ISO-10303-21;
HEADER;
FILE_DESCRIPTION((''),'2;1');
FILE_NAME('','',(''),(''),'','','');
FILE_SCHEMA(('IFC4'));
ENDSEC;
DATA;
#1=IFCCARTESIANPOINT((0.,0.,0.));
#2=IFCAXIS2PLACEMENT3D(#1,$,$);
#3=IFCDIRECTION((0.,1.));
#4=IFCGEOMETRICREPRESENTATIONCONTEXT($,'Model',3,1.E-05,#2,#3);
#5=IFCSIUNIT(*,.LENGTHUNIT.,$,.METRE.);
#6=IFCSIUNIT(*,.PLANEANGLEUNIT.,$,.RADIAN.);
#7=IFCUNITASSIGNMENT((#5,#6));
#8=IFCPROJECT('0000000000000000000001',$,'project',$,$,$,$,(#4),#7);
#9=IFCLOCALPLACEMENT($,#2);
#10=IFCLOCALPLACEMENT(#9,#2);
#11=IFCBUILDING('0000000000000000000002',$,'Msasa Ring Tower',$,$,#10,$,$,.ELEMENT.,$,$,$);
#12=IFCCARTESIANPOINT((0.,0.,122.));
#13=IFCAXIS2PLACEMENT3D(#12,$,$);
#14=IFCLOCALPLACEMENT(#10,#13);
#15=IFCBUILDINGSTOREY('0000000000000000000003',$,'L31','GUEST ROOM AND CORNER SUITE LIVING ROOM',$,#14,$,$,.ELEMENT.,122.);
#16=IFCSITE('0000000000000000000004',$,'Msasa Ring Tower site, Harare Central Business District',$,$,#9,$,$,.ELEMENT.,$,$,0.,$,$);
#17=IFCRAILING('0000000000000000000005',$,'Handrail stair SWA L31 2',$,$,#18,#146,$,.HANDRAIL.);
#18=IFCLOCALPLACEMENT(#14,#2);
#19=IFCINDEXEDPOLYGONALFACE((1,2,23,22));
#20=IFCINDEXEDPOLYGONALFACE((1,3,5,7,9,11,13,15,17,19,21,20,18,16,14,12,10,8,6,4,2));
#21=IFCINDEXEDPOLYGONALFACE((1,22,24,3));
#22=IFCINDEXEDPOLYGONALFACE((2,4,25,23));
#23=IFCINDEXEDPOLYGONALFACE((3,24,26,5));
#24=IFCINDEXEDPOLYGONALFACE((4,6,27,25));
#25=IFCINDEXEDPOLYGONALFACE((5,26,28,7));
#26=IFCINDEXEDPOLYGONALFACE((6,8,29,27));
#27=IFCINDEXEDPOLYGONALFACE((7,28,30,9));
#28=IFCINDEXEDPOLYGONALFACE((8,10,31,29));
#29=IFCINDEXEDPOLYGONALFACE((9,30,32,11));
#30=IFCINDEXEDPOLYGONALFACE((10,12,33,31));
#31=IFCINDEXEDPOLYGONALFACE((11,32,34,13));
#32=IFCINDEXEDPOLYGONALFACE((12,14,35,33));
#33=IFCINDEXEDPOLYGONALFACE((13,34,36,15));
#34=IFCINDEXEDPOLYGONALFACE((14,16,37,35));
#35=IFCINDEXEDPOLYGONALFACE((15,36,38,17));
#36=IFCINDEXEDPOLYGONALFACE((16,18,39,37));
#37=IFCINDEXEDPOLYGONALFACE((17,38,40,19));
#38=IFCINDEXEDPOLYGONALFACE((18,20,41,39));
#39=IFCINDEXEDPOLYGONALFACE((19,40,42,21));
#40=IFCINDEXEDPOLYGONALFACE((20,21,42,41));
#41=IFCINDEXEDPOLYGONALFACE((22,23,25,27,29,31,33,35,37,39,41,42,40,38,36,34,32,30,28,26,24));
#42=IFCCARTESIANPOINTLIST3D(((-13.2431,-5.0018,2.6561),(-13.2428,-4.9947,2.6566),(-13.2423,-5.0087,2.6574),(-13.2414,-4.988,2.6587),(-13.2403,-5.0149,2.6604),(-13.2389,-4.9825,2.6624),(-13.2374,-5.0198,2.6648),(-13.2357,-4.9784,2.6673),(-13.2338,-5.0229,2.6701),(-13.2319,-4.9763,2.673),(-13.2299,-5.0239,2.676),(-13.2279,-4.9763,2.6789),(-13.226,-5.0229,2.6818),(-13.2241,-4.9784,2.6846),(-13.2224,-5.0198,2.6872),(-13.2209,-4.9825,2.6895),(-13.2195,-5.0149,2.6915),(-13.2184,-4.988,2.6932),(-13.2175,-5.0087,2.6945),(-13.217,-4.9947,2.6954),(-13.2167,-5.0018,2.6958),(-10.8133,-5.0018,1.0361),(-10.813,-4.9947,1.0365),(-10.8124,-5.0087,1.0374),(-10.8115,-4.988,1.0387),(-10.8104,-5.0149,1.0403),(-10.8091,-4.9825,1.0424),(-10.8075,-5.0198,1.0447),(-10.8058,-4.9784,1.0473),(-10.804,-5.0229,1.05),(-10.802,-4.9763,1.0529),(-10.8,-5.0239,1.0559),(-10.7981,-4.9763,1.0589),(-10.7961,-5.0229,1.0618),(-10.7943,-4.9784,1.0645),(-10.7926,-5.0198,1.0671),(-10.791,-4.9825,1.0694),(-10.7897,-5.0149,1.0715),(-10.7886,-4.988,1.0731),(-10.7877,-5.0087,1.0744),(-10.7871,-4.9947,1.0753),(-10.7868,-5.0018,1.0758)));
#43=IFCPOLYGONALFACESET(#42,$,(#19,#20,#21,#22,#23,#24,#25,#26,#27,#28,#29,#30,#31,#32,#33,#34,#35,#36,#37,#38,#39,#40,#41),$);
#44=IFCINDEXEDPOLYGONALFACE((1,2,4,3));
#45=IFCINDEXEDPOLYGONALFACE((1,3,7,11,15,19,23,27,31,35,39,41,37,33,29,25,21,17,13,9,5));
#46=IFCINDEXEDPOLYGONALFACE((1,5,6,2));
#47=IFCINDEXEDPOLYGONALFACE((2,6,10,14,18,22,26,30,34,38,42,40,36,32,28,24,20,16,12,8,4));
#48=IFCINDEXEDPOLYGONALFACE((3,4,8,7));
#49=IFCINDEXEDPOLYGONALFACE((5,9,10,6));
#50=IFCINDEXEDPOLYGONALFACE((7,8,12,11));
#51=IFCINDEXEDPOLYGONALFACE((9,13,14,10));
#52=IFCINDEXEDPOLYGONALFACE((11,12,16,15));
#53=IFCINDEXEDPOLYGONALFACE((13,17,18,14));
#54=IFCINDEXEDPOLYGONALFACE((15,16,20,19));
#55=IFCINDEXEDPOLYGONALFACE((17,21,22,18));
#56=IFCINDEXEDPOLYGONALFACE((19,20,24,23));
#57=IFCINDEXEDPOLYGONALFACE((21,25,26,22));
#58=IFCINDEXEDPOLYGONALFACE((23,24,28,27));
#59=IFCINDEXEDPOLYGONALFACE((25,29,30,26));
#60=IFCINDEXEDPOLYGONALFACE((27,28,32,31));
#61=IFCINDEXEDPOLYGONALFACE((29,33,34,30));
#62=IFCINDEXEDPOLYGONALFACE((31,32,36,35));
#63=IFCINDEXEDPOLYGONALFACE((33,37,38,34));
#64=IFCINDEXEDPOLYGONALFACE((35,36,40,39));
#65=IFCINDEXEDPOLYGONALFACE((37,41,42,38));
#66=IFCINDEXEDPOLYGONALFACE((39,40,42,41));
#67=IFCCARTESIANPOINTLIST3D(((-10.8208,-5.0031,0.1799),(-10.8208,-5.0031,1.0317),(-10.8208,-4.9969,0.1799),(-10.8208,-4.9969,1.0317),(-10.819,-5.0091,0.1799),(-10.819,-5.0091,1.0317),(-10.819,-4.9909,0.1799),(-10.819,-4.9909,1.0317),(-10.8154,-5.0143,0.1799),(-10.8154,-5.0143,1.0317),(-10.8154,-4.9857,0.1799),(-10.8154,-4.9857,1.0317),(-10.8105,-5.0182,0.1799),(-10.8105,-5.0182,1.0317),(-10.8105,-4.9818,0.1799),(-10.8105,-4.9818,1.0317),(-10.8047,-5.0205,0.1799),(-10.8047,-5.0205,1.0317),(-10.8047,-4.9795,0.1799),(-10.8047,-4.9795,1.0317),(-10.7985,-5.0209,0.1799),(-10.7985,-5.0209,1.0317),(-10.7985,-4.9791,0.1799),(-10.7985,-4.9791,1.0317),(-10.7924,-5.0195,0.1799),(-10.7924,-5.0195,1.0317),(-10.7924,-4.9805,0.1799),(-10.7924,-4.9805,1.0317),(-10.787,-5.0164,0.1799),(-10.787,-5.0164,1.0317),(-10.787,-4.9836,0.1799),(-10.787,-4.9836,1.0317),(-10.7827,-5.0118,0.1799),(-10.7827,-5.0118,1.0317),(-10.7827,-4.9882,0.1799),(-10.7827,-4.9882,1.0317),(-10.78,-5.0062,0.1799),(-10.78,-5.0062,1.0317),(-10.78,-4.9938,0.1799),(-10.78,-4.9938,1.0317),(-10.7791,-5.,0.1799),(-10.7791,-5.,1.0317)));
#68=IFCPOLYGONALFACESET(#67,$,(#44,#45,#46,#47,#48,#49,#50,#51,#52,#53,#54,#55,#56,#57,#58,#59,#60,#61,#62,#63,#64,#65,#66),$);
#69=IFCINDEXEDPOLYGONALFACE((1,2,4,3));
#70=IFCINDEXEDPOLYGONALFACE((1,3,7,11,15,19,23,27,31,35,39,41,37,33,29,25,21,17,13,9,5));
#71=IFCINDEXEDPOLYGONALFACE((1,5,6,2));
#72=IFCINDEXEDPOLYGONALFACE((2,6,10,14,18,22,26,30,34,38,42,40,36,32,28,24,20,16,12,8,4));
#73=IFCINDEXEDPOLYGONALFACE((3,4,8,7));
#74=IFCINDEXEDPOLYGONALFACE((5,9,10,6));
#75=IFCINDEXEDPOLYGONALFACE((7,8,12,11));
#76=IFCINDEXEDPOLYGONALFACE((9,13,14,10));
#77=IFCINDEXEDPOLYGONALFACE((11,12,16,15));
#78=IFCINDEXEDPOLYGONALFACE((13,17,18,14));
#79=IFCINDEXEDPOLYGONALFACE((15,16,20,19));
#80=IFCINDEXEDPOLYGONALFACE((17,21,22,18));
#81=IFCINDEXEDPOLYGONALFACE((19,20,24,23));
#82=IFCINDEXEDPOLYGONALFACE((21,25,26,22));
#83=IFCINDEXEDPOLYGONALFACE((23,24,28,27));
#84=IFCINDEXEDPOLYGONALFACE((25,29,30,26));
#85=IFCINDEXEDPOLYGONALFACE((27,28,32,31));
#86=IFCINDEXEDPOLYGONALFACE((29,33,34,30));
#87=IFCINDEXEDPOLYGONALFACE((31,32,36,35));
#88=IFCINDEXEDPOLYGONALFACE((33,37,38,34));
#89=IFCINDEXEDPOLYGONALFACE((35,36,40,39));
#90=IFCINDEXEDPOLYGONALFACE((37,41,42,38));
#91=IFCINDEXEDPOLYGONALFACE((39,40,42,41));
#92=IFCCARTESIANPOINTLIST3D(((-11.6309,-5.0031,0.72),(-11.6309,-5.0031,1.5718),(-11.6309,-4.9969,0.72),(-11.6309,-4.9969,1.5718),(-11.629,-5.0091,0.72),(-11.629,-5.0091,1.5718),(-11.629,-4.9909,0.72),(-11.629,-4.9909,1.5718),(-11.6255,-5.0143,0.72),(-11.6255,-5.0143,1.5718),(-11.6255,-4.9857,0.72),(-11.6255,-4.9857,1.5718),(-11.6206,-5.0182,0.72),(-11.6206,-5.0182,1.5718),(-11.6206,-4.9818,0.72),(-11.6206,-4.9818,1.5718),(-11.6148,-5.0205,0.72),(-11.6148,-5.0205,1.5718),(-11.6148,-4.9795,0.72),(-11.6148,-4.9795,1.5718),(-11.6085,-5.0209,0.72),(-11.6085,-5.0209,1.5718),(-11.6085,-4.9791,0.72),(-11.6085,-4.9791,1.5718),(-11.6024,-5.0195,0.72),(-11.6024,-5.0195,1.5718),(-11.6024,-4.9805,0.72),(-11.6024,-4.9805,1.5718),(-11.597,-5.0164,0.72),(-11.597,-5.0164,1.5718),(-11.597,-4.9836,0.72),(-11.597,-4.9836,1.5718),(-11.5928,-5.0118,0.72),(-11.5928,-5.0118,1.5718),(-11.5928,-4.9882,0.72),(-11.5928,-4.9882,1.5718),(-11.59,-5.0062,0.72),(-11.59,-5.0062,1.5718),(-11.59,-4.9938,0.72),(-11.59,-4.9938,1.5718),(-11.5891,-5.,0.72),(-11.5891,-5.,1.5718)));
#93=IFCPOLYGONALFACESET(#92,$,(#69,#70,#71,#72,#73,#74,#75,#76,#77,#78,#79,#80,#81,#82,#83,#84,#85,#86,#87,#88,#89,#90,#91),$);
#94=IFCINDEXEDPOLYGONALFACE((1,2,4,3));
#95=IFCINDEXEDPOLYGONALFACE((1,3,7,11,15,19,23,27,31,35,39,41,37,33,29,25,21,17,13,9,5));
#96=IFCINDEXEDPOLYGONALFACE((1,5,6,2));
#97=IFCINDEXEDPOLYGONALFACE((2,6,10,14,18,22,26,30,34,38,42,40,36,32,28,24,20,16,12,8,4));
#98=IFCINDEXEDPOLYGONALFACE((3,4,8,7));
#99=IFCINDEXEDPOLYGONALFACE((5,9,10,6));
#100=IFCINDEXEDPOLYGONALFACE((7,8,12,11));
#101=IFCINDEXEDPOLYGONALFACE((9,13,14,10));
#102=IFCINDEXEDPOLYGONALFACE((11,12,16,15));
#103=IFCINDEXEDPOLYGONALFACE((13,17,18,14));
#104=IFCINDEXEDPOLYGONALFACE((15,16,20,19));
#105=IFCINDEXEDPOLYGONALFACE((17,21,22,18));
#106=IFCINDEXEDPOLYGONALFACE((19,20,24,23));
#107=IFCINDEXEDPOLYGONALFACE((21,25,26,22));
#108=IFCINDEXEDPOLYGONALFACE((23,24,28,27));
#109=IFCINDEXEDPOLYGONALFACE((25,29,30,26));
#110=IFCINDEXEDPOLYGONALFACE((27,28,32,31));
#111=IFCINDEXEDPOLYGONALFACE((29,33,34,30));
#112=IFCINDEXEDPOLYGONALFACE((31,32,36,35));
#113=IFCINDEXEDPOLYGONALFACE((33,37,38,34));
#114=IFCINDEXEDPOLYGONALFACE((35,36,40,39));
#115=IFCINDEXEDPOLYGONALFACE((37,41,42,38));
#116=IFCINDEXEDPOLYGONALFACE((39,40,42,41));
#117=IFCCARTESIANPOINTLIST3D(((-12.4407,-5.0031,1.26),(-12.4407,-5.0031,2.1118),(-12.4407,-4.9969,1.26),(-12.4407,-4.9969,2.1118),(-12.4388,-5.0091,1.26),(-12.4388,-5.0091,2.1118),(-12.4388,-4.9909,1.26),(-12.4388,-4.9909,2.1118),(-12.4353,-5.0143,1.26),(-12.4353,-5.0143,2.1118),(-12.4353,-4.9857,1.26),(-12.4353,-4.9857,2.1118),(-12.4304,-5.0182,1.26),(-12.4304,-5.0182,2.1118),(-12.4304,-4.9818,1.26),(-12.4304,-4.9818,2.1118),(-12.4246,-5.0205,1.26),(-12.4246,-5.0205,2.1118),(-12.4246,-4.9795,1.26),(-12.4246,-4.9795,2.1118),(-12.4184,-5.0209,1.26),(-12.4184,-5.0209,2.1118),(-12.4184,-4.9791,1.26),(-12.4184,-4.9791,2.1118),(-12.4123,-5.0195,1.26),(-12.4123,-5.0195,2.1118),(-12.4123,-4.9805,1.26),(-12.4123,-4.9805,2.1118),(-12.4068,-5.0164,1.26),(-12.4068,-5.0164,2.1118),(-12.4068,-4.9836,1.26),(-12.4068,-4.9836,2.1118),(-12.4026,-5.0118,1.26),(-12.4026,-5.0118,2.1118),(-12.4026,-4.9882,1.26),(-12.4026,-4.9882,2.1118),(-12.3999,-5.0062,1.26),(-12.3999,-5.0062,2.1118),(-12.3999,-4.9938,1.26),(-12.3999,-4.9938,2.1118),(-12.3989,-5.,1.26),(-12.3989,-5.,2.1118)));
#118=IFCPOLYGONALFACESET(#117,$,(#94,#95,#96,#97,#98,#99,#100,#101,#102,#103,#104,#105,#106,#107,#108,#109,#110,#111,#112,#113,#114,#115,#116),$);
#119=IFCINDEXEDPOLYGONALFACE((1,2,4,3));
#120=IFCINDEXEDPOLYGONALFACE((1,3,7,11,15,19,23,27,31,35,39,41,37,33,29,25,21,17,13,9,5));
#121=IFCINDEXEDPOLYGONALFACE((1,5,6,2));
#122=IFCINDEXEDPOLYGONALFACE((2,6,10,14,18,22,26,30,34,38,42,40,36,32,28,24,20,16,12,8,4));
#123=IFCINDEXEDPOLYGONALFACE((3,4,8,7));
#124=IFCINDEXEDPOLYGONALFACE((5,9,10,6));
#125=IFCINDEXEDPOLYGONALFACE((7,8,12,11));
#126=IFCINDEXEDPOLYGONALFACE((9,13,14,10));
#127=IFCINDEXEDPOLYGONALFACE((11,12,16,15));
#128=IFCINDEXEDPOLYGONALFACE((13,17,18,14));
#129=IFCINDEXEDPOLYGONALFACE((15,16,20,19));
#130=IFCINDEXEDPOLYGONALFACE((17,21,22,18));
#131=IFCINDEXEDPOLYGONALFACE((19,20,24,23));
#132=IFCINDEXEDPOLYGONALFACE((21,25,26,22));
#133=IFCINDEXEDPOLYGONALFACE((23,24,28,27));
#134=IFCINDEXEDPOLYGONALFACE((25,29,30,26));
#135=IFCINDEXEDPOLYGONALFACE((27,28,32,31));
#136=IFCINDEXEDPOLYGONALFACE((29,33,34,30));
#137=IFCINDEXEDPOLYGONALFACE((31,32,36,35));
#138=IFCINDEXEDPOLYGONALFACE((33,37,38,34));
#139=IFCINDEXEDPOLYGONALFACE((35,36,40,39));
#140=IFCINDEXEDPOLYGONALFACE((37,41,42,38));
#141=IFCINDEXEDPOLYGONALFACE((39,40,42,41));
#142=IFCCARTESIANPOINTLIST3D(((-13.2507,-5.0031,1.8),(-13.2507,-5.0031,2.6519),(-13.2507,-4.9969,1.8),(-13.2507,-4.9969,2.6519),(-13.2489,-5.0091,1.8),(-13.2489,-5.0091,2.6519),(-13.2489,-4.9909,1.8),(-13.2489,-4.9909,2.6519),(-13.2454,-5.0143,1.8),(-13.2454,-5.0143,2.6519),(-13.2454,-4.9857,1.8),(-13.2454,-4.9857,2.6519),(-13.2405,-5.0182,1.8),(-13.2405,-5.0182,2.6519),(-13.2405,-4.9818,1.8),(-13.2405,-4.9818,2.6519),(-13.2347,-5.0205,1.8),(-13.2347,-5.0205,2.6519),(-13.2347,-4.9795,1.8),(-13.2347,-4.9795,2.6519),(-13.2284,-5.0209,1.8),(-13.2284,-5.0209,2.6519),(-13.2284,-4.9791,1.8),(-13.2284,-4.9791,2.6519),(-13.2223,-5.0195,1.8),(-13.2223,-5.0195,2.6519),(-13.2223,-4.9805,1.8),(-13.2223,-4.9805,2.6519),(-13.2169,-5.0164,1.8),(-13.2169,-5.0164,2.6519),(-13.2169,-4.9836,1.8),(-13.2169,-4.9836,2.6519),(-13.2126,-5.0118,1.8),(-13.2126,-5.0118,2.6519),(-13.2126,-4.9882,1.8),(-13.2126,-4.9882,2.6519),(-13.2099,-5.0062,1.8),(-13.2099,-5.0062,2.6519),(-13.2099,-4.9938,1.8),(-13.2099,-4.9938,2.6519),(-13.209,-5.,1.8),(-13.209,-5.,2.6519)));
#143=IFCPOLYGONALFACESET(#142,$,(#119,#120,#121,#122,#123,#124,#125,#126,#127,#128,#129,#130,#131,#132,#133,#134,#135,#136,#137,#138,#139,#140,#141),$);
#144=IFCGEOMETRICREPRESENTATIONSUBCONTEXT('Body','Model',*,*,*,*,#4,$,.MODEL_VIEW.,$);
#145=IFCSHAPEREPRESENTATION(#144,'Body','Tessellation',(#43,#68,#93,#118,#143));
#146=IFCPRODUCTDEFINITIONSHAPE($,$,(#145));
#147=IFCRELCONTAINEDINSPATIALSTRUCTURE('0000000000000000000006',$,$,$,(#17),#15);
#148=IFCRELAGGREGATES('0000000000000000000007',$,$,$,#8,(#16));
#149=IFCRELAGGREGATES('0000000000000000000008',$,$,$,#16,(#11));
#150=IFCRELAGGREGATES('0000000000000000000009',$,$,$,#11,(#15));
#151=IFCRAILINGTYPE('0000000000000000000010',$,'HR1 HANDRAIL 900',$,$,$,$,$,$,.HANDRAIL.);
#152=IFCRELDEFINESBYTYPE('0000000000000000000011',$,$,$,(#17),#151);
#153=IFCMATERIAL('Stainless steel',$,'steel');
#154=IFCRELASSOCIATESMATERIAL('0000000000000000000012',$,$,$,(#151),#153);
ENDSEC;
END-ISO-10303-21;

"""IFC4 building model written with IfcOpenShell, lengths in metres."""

from ifc_helpers import new_model, si_unit, direction, frame, origin, origin_2d, place, context, subcontext, project, spatial, circle, extrude, material, type_object, element, save


model = new_model("IFC4")

# Units and contexts
model_context = context("Model", 3, precision=1e-05, world=origin(), true_north=direction((0.0, 1.0)))
body_context = subcontext(model_context, "Body", "Model", "MODEL_VIEW")
ifc_project = project(units=[si_unit("LENGTHUNIT", "METRE"), si_unit("PLANEANGLEUNIT", "RADIAN")], contexts=[model_context])

# Site, building, storey
site_placement = place(None, origin())
site = spatial("IfcSite", under=ifc_project, at=site_placement, Name="Msasa Ring Tower site, Harare Central Business District", CompositionType="ELEMENT", RefElevation=0.0)
building_placement = place(site_placement, origin())
building = spatial("IfcBuilding", under=site, at=building_placement, Name="Msasa Ring Tower", CompositionType="ELEMENT")
storey_placement = place(building_placement, frame((0.0, 0.0, 122.0)))
storey = spatial("IfcBuildingStorey", under=building, at=storey_placement, Name="L31", Description="GUEST ROOM AND CORNER SUITE LIVING ROOM", CompositionType="ELEMENT", Elevation=122.0)

# Railing
ifc_material_1 = material(Name="Stainless steel", Category="steel")
railing_type = type_object("IfcRailingType", Name="HR1 HANDRAIL 900", PredefinedType="HANDRAIL", material=ifc_material_1)
for number, where, name in (
    (1, (-10.8, -5.0, 0.1799), "Handrail stair SWA L31 2"),
):
    element("IfcRailing", number, at=place(storey_placement, frame(where)), inside=storey, type_object=railing_type, Name=name, PredefinedType="HANDRAIL", context=body_context, shape_type="SweptSolid", body=[
        extrude(circle(Radius=0.0239, at=origin_2d()), frame((0.0, 0.0, 0.876), z_axis=(-0.832025, 0.0, 0.554739), x_axis=(0.0, -1.0, 0.0)), (0.0, 0.0, 1.0), 2.9204),
        extrude(circle(Radius=0.021, at=origin_2d()), origin(), (0.0, 0.0, 1.0), 0.8518),
        extrude(circle(Radius=0.021, at=origin_2d()), frame((-0.8101, 0.0, 0.54)), (0.0, 0.0, 1.0), 0.8518),
        extrude(circle(Radius=0.021, at=origin_2d()), frame((-1.6199, 0.0, 1.0801)), (0.0, 0.0, 1.0), 0.8518),
        extrude(circle(Radius=0.021, at=origin_2d()), frame((-2.4299, 0.0, 1.6201)), (0.0, 0.0, 1.0), 0.8518),
    ])

save(model, "model.ifc")
